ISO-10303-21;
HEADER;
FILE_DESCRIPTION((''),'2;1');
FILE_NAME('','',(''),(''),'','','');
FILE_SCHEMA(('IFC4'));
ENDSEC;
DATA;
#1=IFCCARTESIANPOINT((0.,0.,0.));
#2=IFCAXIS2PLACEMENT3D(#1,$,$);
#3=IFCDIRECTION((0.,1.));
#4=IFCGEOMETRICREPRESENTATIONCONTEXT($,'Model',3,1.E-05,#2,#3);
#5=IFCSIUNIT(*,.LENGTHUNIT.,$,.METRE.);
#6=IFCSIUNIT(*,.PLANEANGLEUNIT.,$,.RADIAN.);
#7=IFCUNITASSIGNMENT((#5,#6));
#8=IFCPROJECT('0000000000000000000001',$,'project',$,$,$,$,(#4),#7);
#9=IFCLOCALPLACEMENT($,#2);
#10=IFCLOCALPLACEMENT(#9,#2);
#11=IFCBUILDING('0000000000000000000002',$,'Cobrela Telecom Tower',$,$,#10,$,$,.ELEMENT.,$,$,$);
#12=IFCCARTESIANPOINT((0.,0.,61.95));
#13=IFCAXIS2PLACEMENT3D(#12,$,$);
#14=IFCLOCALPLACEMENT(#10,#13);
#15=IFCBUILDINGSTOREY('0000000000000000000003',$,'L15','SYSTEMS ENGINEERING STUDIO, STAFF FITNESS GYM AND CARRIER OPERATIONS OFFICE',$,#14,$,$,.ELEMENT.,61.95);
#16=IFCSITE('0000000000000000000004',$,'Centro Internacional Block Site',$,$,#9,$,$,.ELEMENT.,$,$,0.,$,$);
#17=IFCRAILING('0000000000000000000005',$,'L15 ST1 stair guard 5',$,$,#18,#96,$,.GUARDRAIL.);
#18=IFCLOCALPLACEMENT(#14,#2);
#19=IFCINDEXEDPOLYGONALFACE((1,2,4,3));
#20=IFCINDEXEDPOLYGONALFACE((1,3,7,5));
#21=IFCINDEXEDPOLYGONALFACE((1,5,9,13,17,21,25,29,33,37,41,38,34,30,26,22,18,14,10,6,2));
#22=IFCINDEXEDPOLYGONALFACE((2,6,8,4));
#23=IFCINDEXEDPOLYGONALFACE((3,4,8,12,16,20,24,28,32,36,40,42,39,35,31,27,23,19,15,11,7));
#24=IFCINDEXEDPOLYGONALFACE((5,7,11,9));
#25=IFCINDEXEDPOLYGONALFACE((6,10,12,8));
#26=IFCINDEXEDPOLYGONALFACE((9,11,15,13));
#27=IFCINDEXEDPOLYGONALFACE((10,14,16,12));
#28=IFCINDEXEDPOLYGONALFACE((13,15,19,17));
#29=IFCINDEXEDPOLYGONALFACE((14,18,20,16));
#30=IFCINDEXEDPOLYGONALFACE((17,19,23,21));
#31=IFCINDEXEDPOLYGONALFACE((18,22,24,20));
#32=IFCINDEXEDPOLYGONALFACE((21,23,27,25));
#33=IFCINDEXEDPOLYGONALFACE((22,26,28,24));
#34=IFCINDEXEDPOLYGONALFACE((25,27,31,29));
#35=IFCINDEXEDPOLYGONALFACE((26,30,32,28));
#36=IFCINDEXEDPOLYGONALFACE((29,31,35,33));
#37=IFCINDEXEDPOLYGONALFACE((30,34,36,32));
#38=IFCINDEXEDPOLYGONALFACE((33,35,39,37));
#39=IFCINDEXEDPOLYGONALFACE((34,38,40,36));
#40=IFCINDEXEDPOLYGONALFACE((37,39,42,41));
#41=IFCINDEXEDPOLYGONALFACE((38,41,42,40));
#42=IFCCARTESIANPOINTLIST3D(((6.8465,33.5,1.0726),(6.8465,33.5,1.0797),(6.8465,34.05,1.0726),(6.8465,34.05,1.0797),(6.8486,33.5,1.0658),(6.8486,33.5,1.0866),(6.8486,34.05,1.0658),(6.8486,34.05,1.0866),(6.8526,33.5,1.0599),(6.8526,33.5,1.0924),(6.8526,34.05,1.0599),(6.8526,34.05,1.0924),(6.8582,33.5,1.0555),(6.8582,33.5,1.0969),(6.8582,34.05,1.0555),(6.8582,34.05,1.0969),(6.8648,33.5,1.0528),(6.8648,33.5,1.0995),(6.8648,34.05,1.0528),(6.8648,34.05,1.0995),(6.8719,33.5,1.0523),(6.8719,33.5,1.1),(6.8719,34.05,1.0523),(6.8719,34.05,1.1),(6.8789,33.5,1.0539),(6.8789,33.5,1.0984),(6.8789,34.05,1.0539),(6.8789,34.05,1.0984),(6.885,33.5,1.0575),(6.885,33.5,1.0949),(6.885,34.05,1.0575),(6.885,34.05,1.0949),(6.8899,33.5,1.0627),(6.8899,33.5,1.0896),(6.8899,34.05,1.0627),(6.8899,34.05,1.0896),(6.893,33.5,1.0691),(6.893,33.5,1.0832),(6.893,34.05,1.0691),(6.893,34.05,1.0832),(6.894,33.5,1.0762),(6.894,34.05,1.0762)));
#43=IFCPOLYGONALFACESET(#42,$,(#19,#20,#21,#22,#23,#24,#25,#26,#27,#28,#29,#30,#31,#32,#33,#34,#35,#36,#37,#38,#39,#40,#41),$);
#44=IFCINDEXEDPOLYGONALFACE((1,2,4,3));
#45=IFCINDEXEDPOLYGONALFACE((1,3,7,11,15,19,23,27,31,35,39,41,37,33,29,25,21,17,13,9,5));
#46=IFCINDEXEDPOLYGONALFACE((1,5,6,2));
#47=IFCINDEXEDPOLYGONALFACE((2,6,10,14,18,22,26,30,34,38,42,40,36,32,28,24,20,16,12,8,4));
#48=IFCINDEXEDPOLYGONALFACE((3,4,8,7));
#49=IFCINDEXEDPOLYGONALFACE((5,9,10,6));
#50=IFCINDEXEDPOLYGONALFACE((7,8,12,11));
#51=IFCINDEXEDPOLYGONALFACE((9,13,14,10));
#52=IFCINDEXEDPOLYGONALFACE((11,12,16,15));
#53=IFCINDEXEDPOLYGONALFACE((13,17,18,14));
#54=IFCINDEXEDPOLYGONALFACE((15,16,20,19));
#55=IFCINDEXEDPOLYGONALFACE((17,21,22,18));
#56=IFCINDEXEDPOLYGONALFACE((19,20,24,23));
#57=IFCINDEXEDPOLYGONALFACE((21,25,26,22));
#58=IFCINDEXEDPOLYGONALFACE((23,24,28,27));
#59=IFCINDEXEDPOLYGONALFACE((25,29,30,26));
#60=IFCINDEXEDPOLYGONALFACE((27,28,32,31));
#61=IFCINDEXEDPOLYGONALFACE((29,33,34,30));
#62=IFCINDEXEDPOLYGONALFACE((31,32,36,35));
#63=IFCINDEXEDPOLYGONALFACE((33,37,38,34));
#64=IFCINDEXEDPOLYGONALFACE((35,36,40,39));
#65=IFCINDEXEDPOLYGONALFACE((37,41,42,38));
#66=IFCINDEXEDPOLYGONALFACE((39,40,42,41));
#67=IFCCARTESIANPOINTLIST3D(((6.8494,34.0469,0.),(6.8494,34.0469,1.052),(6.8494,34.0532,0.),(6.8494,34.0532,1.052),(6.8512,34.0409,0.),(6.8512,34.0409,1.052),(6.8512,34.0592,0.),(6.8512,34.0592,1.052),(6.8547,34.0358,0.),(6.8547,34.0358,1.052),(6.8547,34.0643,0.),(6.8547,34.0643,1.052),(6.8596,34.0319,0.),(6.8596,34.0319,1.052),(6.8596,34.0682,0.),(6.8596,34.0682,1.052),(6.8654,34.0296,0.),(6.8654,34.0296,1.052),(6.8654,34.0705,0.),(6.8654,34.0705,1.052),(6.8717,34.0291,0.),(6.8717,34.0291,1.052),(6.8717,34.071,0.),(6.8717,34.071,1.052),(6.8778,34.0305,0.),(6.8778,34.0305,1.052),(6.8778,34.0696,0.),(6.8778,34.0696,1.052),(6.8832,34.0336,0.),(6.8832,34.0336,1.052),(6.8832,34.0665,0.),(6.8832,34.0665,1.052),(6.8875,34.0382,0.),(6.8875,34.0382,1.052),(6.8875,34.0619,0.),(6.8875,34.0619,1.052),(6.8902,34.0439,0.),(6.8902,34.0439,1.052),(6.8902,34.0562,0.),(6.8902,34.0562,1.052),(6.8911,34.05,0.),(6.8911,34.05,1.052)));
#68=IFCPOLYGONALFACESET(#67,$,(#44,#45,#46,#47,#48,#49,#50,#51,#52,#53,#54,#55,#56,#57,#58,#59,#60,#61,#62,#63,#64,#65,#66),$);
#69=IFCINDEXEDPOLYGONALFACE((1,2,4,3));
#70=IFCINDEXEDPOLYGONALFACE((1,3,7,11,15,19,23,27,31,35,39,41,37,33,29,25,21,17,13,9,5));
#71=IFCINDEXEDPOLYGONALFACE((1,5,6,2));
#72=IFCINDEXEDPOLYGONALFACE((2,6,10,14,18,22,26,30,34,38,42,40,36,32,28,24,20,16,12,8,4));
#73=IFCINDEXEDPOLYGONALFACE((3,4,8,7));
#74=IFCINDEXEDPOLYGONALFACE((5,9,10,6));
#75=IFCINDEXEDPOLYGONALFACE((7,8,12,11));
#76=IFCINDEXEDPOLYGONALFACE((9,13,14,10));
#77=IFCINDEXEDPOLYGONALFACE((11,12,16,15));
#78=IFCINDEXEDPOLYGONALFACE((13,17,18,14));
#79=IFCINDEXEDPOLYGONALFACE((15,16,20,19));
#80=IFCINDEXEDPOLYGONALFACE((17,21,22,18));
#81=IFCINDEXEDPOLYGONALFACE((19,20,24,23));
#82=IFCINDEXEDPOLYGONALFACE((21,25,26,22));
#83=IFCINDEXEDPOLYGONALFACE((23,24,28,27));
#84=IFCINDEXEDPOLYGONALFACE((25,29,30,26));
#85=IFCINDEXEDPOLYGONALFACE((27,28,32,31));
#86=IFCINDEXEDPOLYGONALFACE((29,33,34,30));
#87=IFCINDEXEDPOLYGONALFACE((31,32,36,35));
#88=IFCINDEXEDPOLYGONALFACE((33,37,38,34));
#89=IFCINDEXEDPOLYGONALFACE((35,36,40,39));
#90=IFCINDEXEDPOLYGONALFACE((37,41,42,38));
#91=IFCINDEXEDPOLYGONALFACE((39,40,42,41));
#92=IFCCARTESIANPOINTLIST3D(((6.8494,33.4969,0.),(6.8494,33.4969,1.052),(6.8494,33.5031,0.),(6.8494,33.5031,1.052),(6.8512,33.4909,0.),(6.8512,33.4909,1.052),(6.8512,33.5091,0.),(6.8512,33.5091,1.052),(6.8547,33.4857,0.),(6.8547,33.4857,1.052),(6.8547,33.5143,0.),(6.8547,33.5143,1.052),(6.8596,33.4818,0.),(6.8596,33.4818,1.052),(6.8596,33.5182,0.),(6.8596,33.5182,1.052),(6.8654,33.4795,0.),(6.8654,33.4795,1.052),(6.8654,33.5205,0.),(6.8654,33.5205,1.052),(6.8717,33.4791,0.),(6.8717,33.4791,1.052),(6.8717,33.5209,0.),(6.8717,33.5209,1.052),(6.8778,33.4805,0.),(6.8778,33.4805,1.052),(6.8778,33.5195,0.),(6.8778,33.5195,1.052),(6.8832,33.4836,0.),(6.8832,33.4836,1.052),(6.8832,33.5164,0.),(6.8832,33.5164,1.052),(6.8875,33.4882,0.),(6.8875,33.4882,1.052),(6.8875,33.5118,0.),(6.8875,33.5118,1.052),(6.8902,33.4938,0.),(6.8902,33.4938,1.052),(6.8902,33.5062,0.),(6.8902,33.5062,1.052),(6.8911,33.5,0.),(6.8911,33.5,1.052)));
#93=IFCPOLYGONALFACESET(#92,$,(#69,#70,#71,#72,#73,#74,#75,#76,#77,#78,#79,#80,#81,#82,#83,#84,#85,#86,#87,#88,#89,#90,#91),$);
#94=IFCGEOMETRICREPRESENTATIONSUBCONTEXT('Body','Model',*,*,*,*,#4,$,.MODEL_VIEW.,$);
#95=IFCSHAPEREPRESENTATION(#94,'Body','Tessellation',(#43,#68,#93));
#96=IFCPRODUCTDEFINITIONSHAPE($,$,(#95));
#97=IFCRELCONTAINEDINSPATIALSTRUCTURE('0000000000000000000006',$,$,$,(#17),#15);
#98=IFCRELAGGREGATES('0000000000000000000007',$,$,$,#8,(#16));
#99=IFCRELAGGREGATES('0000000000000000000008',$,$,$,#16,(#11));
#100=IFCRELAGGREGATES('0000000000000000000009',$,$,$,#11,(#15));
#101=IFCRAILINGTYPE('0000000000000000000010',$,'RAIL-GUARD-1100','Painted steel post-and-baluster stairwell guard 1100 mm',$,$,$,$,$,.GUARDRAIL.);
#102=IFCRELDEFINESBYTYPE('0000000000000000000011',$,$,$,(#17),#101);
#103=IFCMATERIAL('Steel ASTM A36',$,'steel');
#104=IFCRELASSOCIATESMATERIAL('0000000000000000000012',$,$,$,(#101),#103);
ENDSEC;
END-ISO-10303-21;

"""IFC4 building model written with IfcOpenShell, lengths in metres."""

from ifc_helpers import new_model, si_unit, direction, frame, origin, origin_2d, place, context, subcontext, project, spatial, circle, extrude, material, type_object, element, save


model = new_model("IFC4")

# Units and contexts
model_context = context("Model", 3, precision=1e-05, world=origin(), true_north=direction((0.0, 1.0)))
body_context = subcontext(model_context, "Body", "Model", "MODEL_VIEW")
ifc_project = project(units=[si_unit("LENGTHUNIT", "METRE"), si_unit("PLANEANGLEUNIT", "RADIAN")], contexts=[model_context])

# Site, building, storey
site_placement = place(None, origin())
site = spatial("IfcSite", under=ifc_project, at=site_placement, Name="Centro Internacional Block Site", CompositionType="ELEMENT", RefElevation=0.0)
building_placement = place(site_placement, origin())
building = spatial("IfcBuilding", under=site, at=building_placement, Name="Cobrela Telecom Tower", CompositionType="ELEMENT")
storey_placement = place(building_placement, frame((0.0, 0.0, 61.95)))
storey = spatial("IfcBuildingStorey", under=building, at=storey_placement, Name="L15", Description="SYSTEMS ENGINEERING STUDIO, STAFF FITNESS GYM AND CARRIER OPERATIONS OFFICE", CompositionType="ELEMENT", Elevation=61.95)

# Shared definitions
ifc_material_1 = material(Name="Steel ASTM A36", Category="steel")

# Railing
railing_type_1 = type_object("IfcRailingType", Name="RAIL-GUARD-1100", Description="Painted steel post-and-baluster stairwell guard 1100 mm", PredefinedType="GUARDRAIL", material=ifc_material_1)
railing_1_placement = place(storey_placement, frame((6.8701, 34.05, 0.0)))
element("IfcRailing", 1, at=railing_1_placement, inside=storey, type_object=railing_type_1, Name="L15 ST1 stair guard 5", PredefinedType="GUARDRAIL", context=body_context, shape_type="SweptSolid", body=[
    extrude(circle(Radius=0.0239, at=origin_2d()), frame((0.0, 0.0, 1.0762), z_axis=(0.0, -1.0, 0.0), x_axis=(1.0, 0.0, 0.0)), (0.0, 0.0, 1.0), 0.55),
    extrude(circle(Radius=0.021, at=origin_2d()), origin(), (0.0, 0.0, 1.0), 1.052),
    extrude(circle(Radius=0.021, at=origin_2d()), frame((0.0, -0.55, 0.0)), (0.0, 0.0, 1.0), 1.052),
])

save(model, "model.ifc")
